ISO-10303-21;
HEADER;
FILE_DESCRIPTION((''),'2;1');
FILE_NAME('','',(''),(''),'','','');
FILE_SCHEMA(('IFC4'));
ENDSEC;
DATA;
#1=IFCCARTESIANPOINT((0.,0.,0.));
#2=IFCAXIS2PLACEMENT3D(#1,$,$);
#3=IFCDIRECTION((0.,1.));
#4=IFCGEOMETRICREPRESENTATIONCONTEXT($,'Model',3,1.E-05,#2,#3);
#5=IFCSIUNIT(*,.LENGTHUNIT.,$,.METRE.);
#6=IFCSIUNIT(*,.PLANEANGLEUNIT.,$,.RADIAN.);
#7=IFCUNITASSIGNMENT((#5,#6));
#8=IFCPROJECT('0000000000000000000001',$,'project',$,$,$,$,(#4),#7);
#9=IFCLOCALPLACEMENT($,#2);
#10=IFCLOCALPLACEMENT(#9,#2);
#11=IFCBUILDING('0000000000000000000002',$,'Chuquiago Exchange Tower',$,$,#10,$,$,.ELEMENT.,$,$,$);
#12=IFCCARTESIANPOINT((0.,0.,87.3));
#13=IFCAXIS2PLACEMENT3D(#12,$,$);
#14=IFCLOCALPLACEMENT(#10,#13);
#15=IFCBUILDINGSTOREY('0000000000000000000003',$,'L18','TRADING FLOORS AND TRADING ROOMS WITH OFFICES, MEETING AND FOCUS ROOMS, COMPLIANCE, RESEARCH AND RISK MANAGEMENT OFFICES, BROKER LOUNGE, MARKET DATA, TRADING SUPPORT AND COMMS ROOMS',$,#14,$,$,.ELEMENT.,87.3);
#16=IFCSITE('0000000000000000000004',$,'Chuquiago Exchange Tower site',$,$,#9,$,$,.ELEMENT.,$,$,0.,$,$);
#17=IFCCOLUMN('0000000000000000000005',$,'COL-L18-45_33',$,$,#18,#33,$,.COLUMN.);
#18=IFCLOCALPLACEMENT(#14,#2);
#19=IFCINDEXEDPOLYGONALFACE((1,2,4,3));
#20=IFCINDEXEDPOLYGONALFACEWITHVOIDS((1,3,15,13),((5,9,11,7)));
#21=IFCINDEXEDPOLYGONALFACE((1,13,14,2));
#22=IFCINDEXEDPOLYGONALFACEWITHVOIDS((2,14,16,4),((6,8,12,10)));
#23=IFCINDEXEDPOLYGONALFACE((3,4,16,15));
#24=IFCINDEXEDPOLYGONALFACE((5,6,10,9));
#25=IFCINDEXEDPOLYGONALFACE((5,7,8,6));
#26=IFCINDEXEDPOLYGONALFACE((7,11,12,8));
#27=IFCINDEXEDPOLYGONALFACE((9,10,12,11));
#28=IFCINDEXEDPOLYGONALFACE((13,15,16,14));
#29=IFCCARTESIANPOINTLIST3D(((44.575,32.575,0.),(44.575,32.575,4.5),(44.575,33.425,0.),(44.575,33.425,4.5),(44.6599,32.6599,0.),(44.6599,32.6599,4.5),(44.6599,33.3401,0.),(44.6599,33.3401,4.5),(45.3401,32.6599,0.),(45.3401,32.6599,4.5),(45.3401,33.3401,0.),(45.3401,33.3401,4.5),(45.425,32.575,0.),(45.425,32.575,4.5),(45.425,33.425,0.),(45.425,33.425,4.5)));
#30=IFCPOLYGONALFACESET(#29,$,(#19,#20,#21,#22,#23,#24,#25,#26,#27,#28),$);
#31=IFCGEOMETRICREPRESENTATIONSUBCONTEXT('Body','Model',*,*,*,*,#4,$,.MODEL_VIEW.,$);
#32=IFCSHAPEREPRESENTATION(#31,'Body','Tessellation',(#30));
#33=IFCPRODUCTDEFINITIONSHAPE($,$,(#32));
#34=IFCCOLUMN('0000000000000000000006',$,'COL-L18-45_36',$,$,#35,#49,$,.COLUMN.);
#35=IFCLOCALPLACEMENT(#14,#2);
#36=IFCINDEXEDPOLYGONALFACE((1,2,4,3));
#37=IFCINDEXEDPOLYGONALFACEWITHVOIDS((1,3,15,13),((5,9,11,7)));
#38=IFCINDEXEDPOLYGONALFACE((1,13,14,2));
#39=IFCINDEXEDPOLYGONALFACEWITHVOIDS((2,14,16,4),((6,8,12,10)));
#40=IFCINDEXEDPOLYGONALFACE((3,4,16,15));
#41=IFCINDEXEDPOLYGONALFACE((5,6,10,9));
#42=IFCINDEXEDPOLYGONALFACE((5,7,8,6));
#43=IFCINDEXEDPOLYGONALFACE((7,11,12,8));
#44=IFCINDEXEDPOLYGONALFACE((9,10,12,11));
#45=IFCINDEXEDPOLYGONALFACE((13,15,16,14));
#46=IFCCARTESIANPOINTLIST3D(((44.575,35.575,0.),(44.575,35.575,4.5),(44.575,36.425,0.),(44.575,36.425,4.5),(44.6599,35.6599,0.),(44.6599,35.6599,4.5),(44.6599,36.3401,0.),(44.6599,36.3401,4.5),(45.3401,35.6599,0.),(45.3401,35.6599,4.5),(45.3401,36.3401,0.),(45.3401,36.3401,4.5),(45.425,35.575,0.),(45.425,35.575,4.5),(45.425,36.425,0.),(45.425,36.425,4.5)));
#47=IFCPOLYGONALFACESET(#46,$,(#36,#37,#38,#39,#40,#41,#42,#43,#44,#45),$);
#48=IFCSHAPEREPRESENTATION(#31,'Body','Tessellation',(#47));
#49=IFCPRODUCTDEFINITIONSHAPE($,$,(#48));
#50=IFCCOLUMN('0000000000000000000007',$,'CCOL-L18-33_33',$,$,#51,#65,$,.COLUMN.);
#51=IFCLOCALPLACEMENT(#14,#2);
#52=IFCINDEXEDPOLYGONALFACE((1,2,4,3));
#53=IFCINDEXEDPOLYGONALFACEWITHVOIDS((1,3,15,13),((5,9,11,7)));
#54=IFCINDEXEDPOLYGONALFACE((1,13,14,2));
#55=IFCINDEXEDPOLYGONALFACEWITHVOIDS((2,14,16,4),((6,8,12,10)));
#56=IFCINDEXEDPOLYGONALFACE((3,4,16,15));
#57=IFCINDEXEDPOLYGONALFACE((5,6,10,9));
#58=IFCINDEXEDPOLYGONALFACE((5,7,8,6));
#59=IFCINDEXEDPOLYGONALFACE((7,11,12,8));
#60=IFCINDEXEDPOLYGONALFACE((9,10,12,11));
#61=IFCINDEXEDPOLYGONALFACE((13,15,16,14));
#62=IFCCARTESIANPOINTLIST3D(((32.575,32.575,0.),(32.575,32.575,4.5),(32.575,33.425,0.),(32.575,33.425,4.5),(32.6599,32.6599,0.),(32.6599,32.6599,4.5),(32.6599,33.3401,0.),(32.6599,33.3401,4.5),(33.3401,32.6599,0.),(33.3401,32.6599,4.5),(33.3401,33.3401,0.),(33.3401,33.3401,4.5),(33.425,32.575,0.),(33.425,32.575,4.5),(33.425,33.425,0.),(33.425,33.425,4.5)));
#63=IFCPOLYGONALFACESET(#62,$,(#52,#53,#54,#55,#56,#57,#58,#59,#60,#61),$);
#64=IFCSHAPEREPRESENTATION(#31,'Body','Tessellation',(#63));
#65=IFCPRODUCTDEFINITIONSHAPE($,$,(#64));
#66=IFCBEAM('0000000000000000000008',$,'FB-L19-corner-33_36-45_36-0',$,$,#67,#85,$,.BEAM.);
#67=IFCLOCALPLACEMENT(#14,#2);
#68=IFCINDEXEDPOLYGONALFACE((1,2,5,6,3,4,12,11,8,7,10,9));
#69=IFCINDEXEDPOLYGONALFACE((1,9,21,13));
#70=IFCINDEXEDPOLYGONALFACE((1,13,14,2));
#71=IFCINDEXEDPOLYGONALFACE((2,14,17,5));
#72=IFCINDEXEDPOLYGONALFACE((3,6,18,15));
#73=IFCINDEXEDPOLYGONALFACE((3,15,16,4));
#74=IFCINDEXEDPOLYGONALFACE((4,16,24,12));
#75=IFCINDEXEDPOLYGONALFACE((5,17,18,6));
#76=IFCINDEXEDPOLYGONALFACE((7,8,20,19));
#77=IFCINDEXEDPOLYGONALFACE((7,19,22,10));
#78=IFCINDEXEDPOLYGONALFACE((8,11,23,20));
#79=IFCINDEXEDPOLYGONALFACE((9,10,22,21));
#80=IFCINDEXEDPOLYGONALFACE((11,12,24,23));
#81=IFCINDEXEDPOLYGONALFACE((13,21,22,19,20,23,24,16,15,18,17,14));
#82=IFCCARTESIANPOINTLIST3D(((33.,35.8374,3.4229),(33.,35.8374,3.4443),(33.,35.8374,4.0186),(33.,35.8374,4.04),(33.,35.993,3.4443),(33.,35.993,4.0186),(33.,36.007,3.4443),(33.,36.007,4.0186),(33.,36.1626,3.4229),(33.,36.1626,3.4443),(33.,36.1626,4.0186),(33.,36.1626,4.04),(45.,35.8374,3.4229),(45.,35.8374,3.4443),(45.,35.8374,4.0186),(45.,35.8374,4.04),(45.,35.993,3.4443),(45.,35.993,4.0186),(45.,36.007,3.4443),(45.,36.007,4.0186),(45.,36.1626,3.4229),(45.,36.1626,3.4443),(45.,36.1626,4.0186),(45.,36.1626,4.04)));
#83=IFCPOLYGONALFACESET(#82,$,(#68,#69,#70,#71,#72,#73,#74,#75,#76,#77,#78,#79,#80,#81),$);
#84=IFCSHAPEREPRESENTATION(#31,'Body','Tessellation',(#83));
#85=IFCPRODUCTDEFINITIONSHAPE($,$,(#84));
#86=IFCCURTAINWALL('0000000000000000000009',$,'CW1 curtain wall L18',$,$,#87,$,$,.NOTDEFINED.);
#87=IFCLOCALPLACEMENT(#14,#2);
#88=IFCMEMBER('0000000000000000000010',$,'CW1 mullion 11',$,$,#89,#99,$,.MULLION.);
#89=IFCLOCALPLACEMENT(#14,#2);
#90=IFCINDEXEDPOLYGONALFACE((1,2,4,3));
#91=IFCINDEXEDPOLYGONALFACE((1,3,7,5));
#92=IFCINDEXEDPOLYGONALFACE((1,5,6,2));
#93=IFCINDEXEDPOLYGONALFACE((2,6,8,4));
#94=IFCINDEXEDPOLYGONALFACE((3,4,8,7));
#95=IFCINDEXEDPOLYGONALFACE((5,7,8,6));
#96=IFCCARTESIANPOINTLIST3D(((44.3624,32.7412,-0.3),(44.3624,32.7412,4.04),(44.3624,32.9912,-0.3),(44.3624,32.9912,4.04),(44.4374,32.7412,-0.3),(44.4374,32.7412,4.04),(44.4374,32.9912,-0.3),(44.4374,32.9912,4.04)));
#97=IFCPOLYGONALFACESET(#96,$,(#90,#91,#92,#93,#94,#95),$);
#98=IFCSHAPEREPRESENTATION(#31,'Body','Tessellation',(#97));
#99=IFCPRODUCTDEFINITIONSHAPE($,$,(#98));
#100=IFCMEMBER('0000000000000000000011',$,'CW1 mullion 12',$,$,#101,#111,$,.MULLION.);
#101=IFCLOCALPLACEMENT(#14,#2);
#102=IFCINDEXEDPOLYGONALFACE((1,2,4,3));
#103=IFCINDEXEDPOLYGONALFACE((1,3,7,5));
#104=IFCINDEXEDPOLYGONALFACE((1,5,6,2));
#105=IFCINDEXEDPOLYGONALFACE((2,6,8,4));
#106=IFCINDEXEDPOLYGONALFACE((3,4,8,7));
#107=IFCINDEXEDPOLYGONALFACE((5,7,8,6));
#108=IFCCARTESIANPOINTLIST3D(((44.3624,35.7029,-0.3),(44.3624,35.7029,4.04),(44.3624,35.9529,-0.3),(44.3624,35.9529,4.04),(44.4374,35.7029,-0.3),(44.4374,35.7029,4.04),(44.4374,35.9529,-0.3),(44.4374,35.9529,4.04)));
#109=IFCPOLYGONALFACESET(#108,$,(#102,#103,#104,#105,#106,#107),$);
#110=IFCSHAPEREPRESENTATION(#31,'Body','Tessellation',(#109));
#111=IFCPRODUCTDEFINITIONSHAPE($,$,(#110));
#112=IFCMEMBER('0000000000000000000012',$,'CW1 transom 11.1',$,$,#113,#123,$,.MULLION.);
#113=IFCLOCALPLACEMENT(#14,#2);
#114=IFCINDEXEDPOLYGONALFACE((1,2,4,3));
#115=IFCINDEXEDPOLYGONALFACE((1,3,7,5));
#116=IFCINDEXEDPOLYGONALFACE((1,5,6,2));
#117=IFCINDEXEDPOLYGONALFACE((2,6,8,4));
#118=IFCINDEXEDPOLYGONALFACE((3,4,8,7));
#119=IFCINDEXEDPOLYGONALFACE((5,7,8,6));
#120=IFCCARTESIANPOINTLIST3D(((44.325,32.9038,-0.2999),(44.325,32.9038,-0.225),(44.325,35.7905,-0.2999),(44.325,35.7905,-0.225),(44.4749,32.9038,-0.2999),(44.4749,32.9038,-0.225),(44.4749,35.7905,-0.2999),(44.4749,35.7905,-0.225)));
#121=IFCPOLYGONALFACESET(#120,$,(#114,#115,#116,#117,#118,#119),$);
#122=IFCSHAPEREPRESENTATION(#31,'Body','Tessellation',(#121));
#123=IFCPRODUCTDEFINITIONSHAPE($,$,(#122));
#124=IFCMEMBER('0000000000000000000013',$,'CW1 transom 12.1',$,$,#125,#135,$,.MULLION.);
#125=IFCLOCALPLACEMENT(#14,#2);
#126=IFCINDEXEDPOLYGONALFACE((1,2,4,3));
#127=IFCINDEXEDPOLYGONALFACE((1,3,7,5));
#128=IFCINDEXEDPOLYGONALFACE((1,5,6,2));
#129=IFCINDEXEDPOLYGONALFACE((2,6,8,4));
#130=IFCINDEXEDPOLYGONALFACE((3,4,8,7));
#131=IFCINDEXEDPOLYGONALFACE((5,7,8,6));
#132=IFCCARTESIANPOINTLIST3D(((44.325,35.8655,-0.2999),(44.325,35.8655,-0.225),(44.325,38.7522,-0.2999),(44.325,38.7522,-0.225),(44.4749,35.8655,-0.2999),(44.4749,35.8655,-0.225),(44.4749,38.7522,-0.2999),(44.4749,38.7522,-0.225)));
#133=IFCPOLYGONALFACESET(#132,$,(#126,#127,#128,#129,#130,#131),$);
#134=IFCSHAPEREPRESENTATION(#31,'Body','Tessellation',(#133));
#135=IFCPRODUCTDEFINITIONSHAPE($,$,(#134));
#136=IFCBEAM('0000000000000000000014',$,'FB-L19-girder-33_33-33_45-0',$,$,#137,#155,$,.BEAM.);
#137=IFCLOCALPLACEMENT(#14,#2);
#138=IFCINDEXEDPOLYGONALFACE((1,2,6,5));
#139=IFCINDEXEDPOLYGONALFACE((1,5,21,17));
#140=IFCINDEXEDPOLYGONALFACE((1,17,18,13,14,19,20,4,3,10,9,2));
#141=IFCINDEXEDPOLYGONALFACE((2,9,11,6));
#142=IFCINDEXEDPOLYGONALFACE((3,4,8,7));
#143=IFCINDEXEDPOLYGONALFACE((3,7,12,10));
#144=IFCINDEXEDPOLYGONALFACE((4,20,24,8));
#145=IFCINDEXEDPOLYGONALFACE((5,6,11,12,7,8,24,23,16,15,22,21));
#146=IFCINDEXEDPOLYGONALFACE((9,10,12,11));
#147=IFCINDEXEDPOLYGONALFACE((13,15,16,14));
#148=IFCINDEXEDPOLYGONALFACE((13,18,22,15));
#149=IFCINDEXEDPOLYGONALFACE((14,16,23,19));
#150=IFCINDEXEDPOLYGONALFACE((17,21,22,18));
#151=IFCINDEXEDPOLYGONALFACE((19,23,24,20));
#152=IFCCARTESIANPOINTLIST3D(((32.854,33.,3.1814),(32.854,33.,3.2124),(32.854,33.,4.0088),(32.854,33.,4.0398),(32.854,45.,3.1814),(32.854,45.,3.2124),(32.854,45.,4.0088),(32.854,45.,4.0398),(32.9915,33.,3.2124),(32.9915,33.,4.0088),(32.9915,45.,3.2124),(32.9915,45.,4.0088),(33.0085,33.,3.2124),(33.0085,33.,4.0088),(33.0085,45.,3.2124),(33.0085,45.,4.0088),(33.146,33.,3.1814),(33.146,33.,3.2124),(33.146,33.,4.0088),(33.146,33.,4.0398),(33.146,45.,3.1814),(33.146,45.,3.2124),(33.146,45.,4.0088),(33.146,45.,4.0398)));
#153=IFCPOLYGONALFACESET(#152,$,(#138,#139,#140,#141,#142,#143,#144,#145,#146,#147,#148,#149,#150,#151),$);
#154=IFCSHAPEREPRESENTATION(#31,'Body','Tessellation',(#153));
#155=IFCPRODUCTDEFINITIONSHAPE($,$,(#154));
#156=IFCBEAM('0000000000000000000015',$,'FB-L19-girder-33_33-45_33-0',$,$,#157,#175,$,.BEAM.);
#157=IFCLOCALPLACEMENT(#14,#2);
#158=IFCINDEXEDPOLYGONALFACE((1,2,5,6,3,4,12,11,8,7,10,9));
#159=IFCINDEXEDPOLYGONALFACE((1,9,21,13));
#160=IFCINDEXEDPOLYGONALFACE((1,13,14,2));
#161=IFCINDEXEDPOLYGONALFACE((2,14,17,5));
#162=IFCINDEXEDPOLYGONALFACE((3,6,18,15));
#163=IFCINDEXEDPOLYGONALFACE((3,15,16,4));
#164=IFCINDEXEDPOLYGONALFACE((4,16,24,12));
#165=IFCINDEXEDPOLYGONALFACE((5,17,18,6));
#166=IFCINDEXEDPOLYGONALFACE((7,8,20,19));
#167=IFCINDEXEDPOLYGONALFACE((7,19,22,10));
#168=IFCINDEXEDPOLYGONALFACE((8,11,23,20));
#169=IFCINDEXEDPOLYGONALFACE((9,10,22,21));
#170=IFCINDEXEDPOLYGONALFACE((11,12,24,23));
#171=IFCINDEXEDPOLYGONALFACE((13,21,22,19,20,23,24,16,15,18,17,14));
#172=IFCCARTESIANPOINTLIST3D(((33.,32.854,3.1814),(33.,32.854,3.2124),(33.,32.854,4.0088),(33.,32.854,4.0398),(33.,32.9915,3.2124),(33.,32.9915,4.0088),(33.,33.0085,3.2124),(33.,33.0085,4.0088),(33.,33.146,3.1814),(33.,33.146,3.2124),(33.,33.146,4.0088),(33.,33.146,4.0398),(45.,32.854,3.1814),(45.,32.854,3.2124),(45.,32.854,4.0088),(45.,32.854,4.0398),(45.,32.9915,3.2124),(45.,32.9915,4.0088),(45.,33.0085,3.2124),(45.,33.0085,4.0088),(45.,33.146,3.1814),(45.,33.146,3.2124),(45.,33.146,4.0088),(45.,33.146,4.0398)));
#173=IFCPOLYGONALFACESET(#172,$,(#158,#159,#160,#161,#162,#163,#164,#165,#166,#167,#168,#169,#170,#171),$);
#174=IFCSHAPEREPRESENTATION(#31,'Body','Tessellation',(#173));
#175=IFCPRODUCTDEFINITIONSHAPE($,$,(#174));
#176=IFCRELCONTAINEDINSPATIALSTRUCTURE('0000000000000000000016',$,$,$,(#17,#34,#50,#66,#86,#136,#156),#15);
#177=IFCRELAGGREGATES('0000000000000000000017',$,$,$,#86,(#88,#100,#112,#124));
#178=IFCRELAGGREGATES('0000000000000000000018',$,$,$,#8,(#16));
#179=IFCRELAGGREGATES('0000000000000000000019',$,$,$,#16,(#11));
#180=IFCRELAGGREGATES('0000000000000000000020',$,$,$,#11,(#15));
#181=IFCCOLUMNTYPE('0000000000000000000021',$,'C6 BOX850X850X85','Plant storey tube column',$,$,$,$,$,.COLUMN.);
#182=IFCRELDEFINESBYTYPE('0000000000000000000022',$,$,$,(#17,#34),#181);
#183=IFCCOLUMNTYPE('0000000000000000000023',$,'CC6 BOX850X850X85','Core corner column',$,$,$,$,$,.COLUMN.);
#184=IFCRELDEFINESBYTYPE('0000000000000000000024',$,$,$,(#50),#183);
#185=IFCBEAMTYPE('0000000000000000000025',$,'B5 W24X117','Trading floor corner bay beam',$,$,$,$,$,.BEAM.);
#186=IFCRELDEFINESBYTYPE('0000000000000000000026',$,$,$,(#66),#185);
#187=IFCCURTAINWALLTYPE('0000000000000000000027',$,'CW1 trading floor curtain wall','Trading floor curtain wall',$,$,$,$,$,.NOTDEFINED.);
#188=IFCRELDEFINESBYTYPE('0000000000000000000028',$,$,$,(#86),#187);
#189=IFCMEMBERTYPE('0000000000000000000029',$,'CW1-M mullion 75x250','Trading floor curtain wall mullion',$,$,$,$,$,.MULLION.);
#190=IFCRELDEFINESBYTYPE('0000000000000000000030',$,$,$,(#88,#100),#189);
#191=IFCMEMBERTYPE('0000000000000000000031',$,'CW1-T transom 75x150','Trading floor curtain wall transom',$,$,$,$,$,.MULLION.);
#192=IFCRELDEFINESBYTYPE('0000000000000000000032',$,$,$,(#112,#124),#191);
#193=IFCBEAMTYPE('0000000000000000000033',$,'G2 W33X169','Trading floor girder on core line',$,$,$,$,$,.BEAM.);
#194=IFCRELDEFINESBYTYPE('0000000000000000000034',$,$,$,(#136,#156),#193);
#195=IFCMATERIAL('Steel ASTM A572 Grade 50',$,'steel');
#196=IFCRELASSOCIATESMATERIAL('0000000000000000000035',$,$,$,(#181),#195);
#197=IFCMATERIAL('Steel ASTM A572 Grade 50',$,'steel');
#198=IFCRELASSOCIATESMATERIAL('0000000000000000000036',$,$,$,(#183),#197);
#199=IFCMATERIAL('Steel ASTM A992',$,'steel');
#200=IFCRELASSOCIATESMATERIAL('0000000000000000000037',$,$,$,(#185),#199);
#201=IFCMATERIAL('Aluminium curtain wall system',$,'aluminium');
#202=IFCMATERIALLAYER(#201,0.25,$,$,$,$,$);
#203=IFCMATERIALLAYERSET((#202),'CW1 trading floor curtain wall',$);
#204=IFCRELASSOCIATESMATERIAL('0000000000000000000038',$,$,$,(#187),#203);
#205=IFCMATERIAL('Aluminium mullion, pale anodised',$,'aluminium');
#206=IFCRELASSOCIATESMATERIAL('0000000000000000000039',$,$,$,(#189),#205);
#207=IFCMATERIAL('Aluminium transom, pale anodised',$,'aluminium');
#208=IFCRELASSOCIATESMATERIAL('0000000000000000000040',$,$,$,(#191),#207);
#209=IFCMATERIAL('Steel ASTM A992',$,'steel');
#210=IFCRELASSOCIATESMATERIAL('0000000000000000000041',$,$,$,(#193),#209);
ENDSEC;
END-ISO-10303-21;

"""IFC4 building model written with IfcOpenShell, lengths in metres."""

from ifc_helpers import new_model, si_unit, direction, frame, origin, origin_2d, place, context, subcontext, project, spatial, rectangle, hollow_rectangle, i_section, extrude, material, layer, layer_set, material_profile, profile_set, type_object, element, aggregate, save


model = new_model("IFC4")

# Units and contexts
model_context = context("Model", 3, precision=1e-05, world=origin(), true_north=direction((0.0, 1.0)))
body_context = subcontext(model_context, "Body", "Model", "MODEL_VIEW")
ifc_project = project(units=[si_unit("LENGTHUNIT", "METRE"), si_unit("PLANEANGLEUNIT", "RADIAN")], contexts=[model_context])

# Site, building, storey
site_placement = place(None, origin())
site = spatial("IfcSite", under=ifc_project, at=site_placement, Name="Chuquiago Exchange Tower site", CompositionType="ELEMENT", RefElevation=0.0)
building_placement = place(site_placement, origin())
building = spatial("IfcBuilding", under=site, at=building_placement, Name="Chuquiago Exchange Tower", CompositionType="ELEMENT")
storey_placement = place(building_placement, frame((0.0, 0.0, 87.3)))
storey = spatial("IfcBuildingStorey", under=building, at=storey_placement, Name="L18", Description="TRADING FLOORS AND TRADING ROOMS WITH OFFICES, MEETING AND FOCUS ROOMS, COMPLIANCE, RESEARCH AND RISK MANAGEMENT OFFICES, BROKER LOUNGE, MARKET DATA, TRADING SUPPORT AND COMMS ROOMS", CompositionType="ELEMENT", Elevation=87.3)

# Columns
ifc_material_1 = material(Name="Steel ASTM A572 Grade 50", Category="steel")
ifc_material_profile_1 = material_profile(ifc_material_1, hollow_rectangle(XDim=0.8501, YDim=0.8501, WallThickness=0.085, at=origin_2d()), Name="BOX850X850X85")
ifc_profile_set_1 = profile_set([ifc_material_profile_1], Name="Steel ASTM A572 Grade 50")
column_type_1 = type_object("IfcColumnType", Name="C6 BOX850X850X85", Description="Plant storey tube column", PredefinedType="COLUMN", material=ifc_profile_set_1)
for number, where, z_axis, x_axis, name in (
    (1, (45.0, 33.0, 0.0), (0.0, 0.0, 1.0), (1.0, 0.0, 0.0), "COL-L18-45_33"),
    (2, (45.0, 36.0, 0.0), (0.0, 0.0, 1.0), (1.0, 0.0, 0.0), "COL-L18-45_36"),
):
    element("IfcColumn", number, at=place(storey_placement, frame(where, z_axis=z_axis, x_axis=x_axis)), inside=storey, type_object=column_type_1, Name=name, PredefinedType="COLUMN", context=body_context, shape_type="SweptSolid", body=[
        extrude(hollow_rectangle(XDim=0.8501, YDim=0.8501, WallThickness=0.085, at=origin_2d()), origin(), (0.0, 0.0, 1.0), 4.5),
    ])
ifc_material_2 = material(Name="Steel ASTM A572 Grade 50", Category="steel")
ifc_material_profile_2 = material_profile(ifc_material_2, hollow_rectangle(XDim=0.8501, YDim=0.8501, WallThickness=0.085, at=origin_2d()), Name="BOX850X850X85")
ifc_profile_set_2 = profile_set([ifc_material_profile_2], Name="Steel ASTM A572 Grade 50")
column_type_2 = type_object("IfcColumnType", Name="CC6 BOX850X850X85", Description="Core corner column", PredefinedType="COLUMN", material=ifc_profile_set_2)
column_placement = place(storey_placement, frame((33.0, 33.0, 0.0), z_axis=(0.0, 0.0, 1.0), x_axis=(1.0, 0.0, 0.0)))
element("IfcColumn", 3, at=column_placement, inside=storey, type_object=column_type_2, Name="CCOL-L18-33_33", PredefinedType="COLUMN", context=body_context, shape_type="SweptSolid", body=[
    extrude(hollow_rectangle(XDim=0.8501, YDim=0.8501, WallThickness=0.085, at=origin_2d()), origin(), (0.0, 0.0, 1.0), 4.5),
])

# Beam
ifc_material_3 = material(Name="Steel ASTM A992", Category="steel")
ifc_material_profile_3 = material_profile(ifc_material_3, i_section(OverallWidth=0.3252, OverallDepth=0.6172, WebThickness=0.0139, FlangeThickness=0.0215, at=origin_2d()), Name="W24X117")
ifc_profile_set_3 = profile_set([ifc_material_profile_3], Name="Steel ASTM A992")
beam_type_1 = type_object("IfcBeamType", Name="B5 W24X117", Description="Trading floor corner bay beam", PredefinedType="BEAM", material=ifc_profile_set_3)
beam_placement = place(storey_placement, frame((33.0, 36.0, 3.7314), z_axis=(1.0, 0.0, 0.0), x_axis=(0.0, 1.0, 0.0)))
element("IfcBeam", 4, at=beam_placement, inside=storey, type_object=beam_type_1, Name="FB-L19-corner-33_36-45_36-0", PredefinedType="BEAM", context=body_context, shape_type="SweptSolid", body=[
    extrude(i_section(OverallWidth=0.3252, OverallDepth=0.6172, WebThickness=0.0139, FlangeThickness=0.0215, at=origin_2d()), origin(), (0.0, 0.0, 1.0), 12.0),
])

# Curtain wall, members
ifc_material_4 = material(Name="Aluminium curtain wall system", Category="aluminium")
ifc_layer_1 = layer(ifc_material_4, 0.25)
ifc_layer_set_1 = layer_set([ifc_layer_1], Name="CW1 trading floor curtain wall")
curtain_wall_type = type_object("IfcCurtainWallType", Name="CW1 trading floor curtain wall", Description="Trading floor curtain wall", PredefinedType="NOTDEFINED", material=ifc_layer_set_1)
curtain_wall_placement = place(storey_placement, origin())
curtain_wall = element("IfcCurtainWall", 5, at=curtain_wall_placement, inside=storey, type_object=curtain_wall_type, Name="CW1 curtain wall L18", PredefinedType="NOTDEFINED")
ifc_material_5 = material(Name="Aluminium mullion, pale anodised", Category="aluminium")
ifc_material_profile_4 = material_profile(ifc_material_5, rectangle(XDim=0.075, YDim=0.25, at=origin_2d()), Name="AL 75x250")
ifc_profile_set_4 = profile_set([ifc_material_profile_4], Name="Aluminium mullion, pale anodised")
member_type_1 = type_object("IfcMemberType", Name="CW1-M mullion 75x250", Description="Trading floor curtain wall mullion", PredefinedType="MULLION", material=ifc_profile_set_4)
member_1_placement = place(storey_placement, frame((44.3999, 32.8662, -0.3), z_axis=(0.0, 0.0, 1.0), x_axis=(-1.0, 0.0, 0.0)))
member_1 = element("IfcMember", 6, at=member_1_placement, type_object=member_type_1, Name="CW1 mullion 11", PredefinedType="MULLION", context=body_context, shape_type="SweptSolid", body=[
    extrude(rectangle(XDim=0.075, YDim=0.25, at=origin_2d()), origin(), (0.0, 0.0, 1.0), 4.3401),
])
member_2_placement = place(storey_placement, frame((44.3999, 35.8279, -0.3), z_axis=(0.0, 0.0, 1.0), x_axis=(-1.0, 0.0, 0.0)))
member_2 = element("IfcMember", 7, at=member_2_placement, type_object=member_type_1, Name="CW1 mullion 12", PredefinedType="MULLION", context=body_context, shape_type="SweptSolid", body=[
    extrude(rectangle(XDim=0.075, YDim=0.25, at=origin_2d()), origin(), (0.0, 0.0, 1.0), 4.3401),
])
ifc_material_6 = material(Name="Aluminium transom, pale anodised", Category="aluminium")
ifc_material_profile_5 = material_profile(ifc_material_6, rectangle(XDim=0.1499, YDim=0.075, at=origin_2d()), Name="AL 150x75")
ifc_profile_set_5 = profile_set([ifc_material_profile_5], Name="Aluminium transom, pale anodised")
member_type_2 = type_object("IfcMemberType", Name="CW1-T transom 75x150", Description="Trading floor curtain wall transom", PredefinedType="MULLION", material=ifc_profile_set_5)
member_3_placement = place(storey_placement, frame((44.3999, 32.9038, -0.2625), z_axis=(0.0, 1.0, 0.0), x_axis=(-1.0, 0.0, 0.0)))
member_3 = element("IfcMember", 8, at=member_3_placement, type_object=member_type_2, Name="CW1 transom 11.1", PredefinedType="MULLION", context=body_context, shape_type="SweptSolid", body=[
    extrude(rectangle(XDim=0.1499, YDim=0.075, at=origin_2d()), origin(), (0.0, 0.0, 1.0), 2.8867),
])
member_4_placement = place(storey_placement, frame((44.3999, 35.8655, -0.2625), z_axis=(0.0, 1.0, 0.0), x_axis=(-1.0, 0.0, 0.0)))
member_4 = element("IfcMember", 9, at=member_4_placement, type_object=member_type_2, Name="CW1 transom 12.1", PredefinedType="MULLION", context=body_context, shape_type="SweptSolid", body=[
    extrude(rectangle(XDim=0.1499, YDim=0.075, at=origin_2d()), origin(), (0.0, 0.0, 1.0), 2.8867),
])

# Beams
ifc_material_7 = material(Name="Steel ASTM A992", Category="steel")
ifc_material_profile_6 = material_profile(ifc_material_7, i_section(OverallWidth=0.292, OverallDepth=0.8584, WebThickness=0.0171, FlangeThickness=0.031, at=origin_2d()), Name="W33X169")
ifc_profile_set_6 = profile_set([ifc_material_profile_6], Name="Steel ASTM A992")
beam_type_2 = type_object("IfcBeamType", Name="G2 W33X169", Description="Trading floor girder on core line", PredefinedType="BEAM", material=ifc_profile_set_6)
for number, where, z_axis, x_axis, name in (
    (10, (33.0, 33.0, 3.6106), (0.0, 1.0, 0.0), (-1.0, 0.0, 0.0), "FB-L19-girder-33_33-33_45-0"),
    (11, (33.0, 33.0, 3.6106), (1.0, 0.0, 0.0), (0.0, 1.0, 0.0), "FB-L19-girder-33_33-45_33-0"),
):
    element("IfcBeam", number, at=place(storey_placement, frame(where, z_axis=z_axis, x_axis=x_axis)), inside=storey, type_object=beam_type_2, Name=name, PredefinedType="BEAM", context=body_context, shape_type="SweptSolid", body=[
        extrude(i_section(OverallWidth=0.292, OverallDepth=0.8584, WebThickness=0.0171, FlangeThickness=0.031, at=origin_2d()), origin(), (0.0, 0.0, 1.0), 12.0),
    ])

aggregate(curtain_wall, [member_1, member_2, member_3, member_4])

save(model, "model.ifc")
